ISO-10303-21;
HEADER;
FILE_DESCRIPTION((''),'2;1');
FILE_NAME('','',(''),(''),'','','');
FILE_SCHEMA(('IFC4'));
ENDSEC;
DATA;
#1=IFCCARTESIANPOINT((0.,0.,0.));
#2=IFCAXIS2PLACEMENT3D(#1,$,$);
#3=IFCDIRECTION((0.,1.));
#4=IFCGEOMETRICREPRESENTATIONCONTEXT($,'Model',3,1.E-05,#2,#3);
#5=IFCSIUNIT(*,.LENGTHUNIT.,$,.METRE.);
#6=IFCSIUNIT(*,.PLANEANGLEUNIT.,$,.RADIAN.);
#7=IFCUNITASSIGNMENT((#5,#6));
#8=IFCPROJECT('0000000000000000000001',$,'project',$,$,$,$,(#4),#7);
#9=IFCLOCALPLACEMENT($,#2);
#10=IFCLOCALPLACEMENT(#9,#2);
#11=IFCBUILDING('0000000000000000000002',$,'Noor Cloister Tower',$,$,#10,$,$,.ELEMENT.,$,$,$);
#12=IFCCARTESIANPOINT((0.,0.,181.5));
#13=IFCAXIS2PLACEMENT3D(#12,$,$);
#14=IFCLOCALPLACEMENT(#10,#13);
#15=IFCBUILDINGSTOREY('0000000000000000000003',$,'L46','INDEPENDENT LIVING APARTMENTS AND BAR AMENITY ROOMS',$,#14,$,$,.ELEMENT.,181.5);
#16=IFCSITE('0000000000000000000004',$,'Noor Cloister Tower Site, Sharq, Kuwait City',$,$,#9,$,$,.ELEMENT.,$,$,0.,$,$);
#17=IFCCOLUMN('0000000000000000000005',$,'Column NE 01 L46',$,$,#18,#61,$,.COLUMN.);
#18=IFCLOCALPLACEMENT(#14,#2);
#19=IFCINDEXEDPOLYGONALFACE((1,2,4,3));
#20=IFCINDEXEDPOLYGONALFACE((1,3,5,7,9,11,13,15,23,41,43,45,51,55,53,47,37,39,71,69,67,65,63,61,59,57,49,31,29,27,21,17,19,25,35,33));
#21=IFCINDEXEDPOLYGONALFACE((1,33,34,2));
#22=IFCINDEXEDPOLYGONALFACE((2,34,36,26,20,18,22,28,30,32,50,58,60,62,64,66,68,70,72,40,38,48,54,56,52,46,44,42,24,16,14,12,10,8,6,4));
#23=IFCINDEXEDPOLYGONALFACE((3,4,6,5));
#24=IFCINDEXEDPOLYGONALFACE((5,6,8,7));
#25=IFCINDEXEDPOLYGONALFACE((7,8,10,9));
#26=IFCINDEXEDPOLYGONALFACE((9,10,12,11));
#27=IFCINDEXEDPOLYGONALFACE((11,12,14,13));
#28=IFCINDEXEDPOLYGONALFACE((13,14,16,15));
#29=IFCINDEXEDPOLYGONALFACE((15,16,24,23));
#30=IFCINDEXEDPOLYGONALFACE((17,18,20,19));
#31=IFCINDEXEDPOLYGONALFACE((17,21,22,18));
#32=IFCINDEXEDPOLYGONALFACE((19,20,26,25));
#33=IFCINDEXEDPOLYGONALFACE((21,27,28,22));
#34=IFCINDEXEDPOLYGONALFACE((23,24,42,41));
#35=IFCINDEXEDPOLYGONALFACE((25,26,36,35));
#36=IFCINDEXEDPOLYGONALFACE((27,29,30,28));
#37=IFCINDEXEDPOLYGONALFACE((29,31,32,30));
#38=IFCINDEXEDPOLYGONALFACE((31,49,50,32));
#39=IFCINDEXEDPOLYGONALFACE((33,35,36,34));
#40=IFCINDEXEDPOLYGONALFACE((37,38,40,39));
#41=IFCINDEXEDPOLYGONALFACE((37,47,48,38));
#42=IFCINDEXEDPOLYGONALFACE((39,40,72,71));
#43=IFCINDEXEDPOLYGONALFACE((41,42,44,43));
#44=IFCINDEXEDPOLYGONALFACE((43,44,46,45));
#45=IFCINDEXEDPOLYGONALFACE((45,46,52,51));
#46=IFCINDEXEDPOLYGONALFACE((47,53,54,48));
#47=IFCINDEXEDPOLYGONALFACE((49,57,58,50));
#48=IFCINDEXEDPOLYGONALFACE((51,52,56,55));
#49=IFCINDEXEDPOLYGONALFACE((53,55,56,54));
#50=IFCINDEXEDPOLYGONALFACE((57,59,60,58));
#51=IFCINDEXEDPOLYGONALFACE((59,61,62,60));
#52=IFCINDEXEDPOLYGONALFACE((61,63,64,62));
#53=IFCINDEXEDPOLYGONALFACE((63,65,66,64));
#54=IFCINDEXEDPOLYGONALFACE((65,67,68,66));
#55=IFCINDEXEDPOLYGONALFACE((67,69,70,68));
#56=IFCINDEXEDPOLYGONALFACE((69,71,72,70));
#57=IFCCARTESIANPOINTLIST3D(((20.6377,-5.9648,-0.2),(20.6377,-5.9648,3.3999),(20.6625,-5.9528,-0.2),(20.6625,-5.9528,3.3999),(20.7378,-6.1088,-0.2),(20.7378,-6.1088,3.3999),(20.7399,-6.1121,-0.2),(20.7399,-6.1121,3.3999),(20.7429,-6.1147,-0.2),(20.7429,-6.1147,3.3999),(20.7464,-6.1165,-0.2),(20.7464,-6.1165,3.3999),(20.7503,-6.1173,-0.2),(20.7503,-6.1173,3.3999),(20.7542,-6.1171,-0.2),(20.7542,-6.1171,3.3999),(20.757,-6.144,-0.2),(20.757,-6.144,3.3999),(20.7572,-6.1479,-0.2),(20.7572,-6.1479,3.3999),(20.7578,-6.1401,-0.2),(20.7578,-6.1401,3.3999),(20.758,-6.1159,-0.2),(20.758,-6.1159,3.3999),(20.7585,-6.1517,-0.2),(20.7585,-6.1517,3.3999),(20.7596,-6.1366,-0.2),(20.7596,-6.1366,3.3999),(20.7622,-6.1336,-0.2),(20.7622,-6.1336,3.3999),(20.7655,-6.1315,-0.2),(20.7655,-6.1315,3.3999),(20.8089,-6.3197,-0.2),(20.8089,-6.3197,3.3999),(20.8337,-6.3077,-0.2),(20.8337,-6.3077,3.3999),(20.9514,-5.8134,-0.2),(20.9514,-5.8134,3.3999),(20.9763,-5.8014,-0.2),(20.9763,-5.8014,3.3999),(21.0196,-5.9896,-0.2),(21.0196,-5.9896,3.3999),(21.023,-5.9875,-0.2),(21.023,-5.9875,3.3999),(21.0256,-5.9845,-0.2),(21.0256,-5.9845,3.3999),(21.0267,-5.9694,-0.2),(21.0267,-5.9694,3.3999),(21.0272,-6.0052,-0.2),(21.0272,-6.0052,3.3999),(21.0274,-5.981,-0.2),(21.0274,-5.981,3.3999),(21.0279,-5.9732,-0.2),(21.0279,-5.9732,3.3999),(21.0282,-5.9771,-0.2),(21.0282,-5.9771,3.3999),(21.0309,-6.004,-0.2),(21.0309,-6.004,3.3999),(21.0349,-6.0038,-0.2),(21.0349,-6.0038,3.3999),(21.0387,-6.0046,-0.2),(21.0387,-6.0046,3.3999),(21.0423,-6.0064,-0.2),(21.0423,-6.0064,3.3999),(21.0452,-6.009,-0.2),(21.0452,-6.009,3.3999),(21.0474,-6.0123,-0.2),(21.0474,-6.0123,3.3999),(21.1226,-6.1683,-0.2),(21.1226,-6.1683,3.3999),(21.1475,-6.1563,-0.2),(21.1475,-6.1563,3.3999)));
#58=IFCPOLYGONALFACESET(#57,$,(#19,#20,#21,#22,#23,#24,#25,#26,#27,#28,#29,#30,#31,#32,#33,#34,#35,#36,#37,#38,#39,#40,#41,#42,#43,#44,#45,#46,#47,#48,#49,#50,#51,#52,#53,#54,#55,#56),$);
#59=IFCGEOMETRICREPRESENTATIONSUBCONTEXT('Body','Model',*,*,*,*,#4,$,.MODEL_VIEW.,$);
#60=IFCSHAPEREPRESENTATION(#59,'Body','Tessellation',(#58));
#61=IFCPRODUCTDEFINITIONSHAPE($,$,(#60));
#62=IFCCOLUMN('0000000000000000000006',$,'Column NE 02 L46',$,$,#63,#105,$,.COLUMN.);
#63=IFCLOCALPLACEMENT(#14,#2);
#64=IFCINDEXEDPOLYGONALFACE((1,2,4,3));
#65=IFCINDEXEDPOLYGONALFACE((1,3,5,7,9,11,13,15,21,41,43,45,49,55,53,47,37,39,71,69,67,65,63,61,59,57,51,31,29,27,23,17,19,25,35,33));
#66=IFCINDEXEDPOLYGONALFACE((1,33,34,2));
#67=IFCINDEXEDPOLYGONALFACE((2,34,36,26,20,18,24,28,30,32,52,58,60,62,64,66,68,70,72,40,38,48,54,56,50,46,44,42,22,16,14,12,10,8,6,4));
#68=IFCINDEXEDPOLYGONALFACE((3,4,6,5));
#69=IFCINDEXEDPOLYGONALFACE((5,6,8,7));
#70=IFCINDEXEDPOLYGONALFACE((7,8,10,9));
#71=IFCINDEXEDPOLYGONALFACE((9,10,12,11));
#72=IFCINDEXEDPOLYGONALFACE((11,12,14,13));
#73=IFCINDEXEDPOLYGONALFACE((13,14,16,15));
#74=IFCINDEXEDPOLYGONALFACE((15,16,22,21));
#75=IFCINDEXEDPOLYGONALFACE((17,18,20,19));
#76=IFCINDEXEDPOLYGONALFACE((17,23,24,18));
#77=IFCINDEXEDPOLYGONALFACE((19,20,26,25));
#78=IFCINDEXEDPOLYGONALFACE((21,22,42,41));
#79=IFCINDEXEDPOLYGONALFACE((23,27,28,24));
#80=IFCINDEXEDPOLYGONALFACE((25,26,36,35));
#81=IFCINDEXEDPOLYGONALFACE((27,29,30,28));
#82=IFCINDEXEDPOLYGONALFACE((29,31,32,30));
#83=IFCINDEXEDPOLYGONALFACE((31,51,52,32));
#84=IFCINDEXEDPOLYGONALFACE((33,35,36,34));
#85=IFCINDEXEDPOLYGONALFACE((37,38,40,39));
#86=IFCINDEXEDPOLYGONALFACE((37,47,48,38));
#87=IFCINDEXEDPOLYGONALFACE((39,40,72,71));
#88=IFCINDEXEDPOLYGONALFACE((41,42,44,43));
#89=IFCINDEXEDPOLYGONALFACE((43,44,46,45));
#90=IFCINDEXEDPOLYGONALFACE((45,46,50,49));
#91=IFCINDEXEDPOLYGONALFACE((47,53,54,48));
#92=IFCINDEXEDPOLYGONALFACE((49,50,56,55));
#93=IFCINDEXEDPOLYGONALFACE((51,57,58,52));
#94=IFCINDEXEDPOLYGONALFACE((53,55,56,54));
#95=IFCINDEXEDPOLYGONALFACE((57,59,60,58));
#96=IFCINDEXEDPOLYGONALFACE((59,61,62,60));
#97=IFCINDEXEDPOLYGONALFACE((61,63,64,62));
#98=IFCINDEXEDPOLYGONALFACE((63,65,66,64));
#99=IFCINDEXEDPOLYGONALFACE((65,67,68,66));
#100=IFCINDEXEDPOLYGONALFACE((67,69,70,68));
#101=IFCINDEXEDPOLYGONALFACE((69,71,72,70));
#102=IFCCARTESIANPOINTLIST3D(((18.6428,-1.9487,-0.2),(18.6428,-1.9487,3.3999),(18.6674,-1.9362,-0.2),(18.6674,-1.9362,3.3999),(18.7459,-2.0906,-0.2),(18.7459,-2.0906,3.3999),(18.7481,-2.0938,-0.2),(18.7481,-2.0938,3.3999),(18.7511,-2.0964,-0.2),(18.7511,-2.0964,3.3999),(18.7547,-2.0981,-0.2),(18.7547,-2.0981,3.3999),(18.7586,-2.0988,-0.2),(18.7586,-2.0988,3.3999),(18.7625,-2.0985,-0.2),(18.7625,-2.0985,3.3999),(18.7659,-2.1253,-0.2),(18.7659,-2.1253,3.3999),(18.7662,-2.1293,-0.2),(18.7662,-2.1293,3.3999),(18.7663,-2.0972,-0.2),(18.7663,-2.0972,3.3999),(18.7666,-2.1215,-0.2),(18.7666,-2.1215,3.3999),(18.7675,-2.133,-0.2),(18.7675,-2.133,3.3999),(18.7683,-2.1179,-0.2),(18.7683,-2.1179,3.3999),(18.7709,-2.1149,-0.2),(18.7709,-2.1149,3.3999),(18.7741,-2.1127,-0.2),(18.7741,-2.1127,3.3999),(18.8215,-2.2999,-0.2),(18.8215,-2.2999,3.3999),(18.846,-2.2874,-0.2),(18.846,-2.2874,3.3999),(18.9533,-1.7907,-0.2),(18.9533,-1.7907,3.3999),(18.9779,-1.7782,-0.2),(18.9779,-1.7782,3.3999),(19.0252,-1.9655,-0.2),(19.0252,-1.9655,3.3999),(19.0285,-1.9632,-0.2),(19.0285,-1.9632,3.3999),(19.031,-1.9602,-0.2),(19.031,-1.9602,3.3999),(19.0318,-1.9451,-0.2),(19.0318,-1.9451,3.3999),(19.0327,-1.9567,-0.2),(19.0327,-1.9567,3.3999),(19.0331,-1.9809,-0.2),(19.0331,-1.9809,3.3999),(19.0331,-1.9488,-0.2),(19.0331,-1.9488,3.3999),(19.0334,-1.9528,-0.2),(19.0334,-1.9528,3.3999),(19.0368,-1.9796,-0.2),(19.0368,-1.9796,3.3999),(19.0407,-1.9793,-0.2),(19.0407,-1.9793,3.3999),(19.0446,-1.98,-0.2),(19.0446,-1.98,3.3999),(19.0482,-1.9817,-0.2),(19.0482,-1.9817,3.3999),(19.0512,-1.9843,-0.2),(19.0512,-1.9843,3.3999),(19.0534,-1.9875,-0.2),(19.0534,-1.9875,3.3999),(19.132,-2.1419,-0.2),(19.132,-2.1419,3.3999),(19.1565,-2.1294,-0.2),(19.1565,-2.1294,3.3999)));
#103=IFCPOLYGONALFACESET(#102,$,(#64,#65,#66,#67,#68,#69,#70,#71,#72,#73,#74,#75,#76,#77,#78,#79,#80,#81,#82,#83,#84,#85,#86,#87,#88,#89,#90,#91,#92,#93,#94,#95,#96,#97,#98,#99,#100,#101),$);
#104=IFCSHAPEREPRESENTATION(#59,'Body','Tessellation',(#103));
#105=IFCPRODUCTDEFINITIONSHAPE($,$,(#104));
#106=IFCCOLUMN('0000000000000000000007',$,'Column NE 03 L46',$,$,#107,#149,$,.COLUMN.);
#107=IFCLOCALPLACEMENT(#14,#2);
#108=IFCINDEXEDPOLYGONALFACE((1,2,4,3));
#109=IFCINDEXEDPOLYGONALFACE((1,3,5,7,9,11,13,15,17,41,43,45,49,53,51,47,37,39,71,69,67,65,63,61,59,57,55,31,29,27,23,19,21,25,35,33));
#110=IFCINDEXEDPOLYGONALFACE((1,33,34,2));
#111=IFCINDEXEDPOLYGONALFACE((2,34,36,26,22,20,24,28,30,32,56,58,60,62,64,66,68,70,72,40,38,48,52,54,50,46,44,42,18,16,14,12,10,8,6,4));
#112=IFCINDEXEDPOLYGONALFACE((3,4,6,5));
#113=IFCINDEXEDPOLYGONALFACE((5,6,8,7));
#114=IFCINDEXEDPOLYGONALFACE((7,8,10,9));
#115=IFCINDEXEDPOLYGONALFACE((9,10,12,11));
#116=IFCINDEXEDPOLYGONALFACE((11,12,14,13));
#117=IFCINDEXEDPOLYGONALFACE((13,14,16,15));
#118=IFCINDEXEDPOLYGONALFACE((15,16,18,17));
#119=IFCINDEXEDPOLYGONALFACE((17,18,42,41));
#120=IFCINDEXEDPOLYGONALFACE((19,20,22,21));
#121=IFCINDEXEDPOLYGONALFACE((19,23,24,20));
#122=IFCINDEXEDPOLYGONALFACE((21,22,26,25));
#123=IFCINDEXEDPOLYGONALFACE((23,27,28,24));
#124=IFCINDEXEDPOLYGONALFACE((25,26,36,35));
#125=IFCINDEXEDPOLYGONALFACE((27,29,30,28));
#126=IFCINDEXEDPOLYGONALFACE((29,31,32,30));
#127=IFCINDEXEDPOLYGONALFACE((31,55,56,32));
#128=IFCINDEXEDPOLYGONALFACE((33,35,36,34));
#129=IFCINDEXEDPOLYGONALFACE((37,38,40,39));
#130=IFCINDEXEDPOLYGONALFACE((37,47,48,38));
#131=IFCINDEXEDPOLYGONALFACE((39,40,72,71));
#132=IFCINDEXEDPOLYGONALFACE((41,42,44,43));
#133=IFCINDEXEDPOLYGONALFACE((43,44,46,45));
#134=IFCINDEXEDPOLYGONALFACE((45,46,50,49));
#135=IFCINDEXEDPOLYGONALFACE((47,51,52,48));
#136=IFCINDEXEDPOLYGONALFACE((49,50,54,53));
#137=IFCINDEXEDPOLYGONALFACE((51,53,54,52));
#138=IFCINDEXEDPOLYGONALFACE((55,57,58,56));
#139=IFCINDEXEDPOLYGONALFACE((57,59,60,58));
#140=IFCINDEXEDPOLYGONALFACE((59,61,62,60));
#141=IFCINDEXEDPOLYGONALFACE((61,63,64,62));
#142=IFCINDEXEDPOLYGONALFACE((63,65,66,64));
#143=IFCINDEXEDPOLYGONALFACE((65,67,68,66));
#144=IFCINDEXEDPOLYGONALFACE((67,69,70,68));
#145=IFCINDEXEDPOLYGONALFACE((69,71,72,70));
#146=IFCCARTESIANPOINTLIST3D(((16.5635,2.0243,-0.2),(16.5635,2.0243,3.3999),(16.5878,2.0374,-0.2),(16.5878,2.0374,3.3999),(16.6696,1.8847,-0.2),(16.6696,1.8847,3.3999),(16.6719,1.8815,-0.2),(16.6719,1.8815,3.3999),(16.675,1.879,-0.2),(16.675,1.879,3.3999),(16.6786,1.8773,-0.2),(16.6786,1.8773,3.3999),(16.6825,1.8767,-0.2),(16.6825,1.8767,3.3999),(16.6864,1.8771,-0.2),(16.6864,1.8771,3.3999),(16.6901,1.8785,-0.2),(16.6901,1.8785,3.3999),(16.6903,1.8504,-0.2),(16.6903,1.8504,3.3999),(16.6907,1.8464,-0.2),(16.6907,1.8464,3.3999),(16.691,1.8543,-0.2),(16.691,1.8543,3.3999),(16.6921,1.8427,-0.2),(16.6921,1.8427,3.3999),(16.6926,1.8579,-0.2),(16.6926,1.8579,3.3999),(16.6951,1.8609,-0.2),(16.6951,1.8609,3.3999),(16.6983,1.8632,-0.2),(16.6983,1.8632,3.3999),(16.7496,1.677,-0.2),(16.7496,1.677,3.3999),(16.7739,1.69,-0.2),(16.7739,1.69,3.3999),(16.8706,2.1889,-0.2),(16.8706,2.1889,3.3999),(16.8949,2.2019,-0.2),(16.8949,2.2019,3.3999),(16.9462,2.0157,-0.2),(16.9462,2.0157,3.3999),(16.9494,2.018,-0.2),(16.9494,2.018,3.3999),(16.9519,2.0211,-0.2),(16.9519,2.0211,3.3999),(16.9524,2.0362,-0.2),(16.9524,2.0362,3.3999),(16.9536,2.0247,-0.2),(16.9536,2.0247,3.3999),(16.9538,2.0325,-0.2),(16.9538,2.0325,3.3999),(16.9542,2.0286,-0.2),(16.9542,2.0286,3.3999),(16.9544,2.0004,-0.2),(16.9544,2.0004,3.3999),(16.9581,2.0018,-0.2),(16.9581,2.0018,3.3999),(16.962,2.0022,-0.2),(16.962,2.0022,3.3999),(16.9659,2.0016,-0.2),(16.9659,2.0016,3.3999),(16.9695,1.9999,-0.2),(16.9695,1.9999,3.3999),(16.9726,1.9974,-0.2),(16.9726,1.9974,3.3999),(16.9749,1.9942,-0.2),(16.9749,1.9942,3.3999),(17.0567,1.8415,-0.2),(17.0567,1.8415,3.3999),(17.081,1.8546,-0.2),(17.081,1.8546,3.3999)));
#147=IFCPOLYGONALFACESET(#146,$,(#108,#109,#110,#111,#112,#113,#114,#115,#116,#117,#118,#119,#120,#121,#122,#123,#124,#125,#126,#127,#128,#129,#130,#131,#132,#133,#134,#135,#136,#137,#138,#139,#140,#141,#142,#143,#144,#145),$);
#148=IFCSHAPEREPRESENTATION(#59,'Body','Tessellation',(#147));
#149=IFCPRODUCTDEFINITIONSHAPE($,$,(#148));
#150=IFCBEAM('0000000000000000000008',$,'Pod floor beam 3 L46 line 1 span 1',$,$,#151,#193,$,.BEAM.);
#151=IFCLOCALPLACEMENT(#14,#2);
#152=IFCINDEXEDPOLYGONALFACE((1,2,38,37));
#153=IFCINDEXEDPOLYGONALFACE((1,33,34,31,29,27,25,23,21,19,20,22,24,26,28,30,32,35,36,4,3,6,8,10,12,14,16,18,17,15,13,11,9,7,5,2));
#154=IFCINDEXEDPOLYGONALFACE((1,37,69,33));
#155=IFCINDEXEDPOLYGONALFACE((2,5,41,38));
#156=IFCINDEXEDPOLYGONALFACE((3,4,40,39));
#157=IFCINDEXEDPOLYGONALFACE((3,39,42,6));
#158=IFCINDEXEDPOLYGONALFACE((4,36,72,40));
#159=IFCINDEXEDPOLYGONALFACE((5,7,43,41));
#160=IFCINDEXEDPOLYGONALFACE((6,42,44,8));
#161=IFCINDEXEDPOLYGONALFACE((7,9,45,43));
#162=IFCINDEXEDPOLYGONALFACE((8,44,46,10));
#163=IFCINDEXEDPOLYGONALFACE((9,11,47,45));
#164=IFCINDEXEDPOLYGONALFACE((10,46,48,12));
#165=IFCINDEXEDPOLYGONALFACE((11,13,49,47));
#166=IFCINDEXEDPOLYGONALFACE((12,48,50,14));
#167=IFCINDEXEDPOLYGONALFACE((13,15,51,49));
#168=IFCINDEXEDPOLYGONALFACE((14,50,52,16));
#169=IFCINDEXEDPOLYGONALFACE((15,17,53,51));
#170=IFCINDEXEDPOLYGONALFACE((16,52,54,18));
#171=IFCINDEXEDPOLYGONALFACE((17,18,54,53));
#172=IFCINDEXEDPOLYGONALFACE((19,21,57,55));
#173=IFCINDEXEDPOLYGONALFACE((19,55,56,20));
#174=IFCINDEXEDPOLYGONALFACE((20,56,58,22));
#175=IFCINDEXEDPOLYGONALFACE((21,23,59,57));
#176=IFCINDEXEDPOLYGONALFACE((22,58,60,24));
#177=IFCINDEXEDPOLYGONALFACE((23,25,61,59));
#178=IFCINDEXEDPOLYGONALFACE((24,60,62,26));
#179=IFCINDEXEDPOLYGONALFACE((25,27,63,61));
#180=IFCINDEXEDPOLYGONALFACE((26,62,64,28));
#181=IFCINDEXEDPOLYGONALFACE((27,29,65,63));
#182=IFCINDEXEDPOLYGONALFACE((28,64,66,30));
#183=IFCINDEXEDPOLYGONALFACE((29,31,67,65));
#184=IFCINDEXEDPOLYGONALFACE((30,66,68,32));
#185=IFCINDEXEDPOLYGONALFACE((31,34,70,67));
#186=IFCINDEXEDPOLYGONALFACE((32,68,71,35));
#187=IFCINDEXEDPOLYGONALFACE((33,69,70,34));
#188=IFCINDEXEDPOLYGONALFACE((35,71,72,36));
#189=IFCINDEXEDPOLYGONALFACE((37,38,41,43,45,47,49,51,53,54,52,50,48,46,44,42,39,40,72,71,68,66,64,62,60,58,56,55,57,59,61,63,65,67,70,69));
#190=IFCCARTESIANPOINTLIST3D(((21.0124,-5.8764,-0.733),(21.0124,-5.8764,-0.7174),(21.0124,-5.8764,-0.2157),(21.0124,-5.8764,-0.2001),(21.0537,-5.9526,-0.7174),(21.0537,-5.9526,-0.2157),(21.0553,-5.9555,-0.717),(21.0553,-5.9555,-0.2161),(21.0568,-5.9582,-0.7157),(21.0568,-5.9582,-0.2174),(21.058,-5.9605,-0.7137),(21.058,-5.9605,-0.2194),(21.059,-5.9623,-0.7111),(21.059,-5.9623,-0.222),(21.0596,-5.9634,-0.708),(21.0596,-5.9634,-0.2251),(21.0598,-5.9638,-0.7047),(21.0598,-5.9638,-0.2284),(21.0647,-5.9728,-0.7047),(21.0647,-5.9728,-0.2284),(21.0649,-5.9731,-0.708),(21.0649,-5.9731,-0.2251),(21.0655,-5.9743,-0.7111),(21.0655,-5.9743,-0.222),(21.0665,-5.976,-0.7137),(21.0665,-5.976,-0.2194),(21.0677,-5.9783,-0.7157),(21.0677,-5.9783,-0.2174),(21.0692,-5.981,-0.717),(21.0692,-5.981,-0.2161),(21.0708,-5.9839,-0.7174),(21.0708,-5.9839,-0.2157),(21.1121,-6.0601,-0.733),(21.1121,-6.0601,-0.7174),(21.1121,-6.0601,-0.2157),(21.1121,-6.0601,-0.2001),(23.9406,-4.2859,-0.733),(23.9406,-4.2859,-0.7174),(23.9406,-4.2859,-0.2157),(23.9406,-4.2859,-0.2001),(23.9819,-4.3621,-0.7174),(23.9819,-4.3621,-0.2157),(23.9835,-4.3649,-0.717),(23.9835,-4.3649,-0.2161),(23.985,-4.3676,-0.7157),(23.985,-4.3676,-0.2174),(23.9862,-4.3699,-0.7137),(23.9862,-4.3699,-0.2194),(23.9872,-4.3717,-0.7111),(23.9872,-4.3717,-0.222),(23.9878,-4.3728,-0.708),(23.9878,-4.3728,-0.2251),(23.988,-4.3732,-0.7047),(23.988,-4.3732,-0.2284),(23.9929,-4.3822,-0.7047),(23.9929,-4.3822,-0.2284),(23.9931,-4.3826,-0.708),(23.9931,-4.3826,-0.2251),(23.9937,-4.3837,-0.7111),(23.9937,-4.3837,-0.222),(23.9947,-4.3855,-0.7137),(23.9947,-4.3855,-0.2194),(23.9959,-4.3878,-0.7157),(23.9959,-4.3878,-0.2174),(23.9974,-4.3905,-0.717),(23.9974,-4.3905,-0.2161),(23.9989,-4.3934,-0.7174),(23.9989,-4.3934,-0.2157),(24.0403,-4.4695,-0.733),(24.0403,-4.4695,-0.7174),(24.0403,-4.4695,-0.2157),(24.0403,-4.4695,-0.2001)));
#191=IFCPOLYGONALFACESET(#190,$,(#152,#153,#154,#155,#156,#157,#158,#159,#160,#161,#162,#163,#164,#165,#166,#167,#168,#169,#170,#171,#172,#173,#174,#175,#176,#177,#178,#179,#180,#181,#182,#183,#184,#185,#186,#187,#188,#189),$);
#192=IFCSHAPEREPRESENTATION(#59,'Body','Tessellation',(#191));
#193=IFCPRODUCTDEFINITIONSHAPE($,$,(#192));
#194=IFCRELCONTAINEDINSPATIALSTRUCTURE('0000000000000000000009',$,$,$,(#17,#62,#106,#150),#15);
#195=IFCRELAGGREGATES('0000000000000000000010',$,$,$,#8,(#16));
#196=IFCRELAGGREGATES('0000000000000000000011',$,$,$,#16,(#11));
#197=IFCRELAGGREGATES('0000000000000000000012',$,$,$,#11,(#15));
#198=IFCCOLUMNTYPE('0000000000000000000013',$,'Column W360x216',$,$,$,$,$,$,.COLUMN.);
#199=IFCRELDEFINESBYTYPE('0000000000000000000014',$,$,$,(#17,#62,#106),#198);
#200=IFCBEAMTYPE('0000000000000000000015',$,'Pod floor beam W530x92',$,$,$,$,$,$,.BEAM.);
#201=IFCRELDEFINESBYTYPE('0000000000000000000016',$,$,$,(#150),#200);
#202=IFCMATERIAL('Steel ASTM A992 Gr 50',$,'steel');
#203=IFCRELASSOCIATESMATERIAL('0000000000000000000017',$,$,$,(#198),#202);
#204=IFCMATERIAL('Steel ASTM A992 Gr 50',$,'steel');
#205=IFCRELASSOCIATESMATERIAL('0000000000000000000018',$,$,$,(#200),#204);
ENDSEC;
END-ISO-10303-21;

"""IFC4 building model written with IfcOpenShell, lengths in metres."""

from ifc_helpers import new_model, si_unit, direction, frame, origin, origin_2d, place, context, subcontext, project, spatial, i_section, extrude, material, material_profile, profile_set, type_object, element, save


model = new_model("IFC4")

# Units and contexts
model_context = context("Model", 3, precision=1e-05, world=origin(), true_north=direction((0.0, 1.0)))
body_context = subcontext(model_context, "Body", "Model", "MODEL_VIEW")
ifc_project = project(units=[si_unit("LENGTHUNIT", "METRE"), si_unit("PLANEANGLEUNIT", "RADIAN")], contexts=[model_context])

# Site, building, storey
site_placement = place(None, origin())
site = spatial("IfcSite", under=ifc_project, at=site_placement, Name="Noor Cloister Tower Site, Sharq, Kuwait City", CompositionType="ELEMENT", RefElevation=0.0)
building_placement = place(site_placement, origin())
building = spatial("IfcBuilding", under=site, at=building_placement, Name="Noor Cloister Tower", CompositionType="ELEMENT")
storey_placement = place(building_placement, frame((0.0, 0.0, 181.5)))
storey = spatial("IfcBuildingStorey", under=building, at=storey_placement, Name="L46", Description="INDEPENDENT LIVING APARTMENTS AND BAR AMENITY ROOMS", CompositionType="ELEMENT", Elevation=181.5)

# Columns
ifc_material_1 = material(Name="Steel ASTM A992 Gr 50", Category="steel")
ifc_material_profile_1 = material_profile(ifc_material_1, i_section(OverallWidth=0.394, OverallDepth=0.376, WebThickness=0.0173, FlangeThickness=0.0276, FilletRadius=0.0151, at=origin_2d()), Name="W360x216")
ifc_profile_set_1 = profile_set([ifc_material_profile_1], Name="Steel ASTM A992 Gr 50")
column_type = type_object("IfcColumnType", Name="Column W360x216", PredefinedType="COLUMN", material=ifc_profile_set_1)
for number, where, z_axis, x_axis, name in (
    (1, (20.8926, -6.0605, -0.2), (0.0, 0.0, 1.0), (-0.434482, 0.90068, 0.0), "Column NE 01 L46"),
    (2, (18.8997, -2.0391, -0.2), (0.0, 0.0, 1.0), (-0.453461, 0.891276, 0.0), "Column NE 02 L46"),
    (3, (16.8223, 1.9395, -0.2), (0.0, 0.0, 1.0), (-0.472237, 0.881472, 0.0), "Column NE 03 L46"),
):
    element("IfcColumn", number, at=place(storey_placement, frame(where, z_axis=z_axis, x_axis=x_axis)), inside=storey, type_object=column_type, Name=name, PredefinedType="COLUMN", context=body_context, shape_type="SweptSolid", body=[
        extrude(i_section(OverallWidth=0.394, OverallDepth=0.376, WebThickness=0.0173, FlangeThickness=0.0276, FilletRadius=0.0151, at=origin_2d()), origin(), (0.0, 0.0, 1.0), 3.5999),
    ])

# Beam
ifc_material_2 = material(Name="Steel ASTM A992 Gr 50", Category="steel")
ifc_material_profile_2 = material_profile(ifc_material_2, i_section(OverallWidth=0.209, OverallDepth=0.533, WebThickness=0.0103, FlangeThickness=0.0156, FilletRadius=0.0127, at=origin_2d()), Name="W530x92")
ifc_profile_set_2 = profile_set([ifc_material_profile_2], Name="Steel ASTM A992 Gr 50")
beam_type_1 = type_object("IfcBeamType", Name="Pod floor beam W530x92", PredefinedType="BEAM", material=ifc_profile_set_2)
beam_1_placement = place(storey_placement, frame((21.0623, -5.9683, -0.4666), z_axis=(0.878731, 0.477317, 0.0), x_axis=(-0.477317, 0.878731, 0.0)))
element("IfcBeam", 4, at=beam_1_placement, inside=storey, type_object=beam_type_1, Name="Pod floor beam 3 L46 line 1 span 1", PredefinedType="BEAM", context=body_context, shape_type="SweptSolid", body=[
    extrude(i_section(OverallWidth=0.209, OverallDepth=0.533, WebThickness=0.0103, FlangeThickness=0.0156, FilletRadius=0.0127, at=origin_2d()), origin(), (0.0, 0.0, 1.0), 3.3323),
])

save(model, "model.ifc")
